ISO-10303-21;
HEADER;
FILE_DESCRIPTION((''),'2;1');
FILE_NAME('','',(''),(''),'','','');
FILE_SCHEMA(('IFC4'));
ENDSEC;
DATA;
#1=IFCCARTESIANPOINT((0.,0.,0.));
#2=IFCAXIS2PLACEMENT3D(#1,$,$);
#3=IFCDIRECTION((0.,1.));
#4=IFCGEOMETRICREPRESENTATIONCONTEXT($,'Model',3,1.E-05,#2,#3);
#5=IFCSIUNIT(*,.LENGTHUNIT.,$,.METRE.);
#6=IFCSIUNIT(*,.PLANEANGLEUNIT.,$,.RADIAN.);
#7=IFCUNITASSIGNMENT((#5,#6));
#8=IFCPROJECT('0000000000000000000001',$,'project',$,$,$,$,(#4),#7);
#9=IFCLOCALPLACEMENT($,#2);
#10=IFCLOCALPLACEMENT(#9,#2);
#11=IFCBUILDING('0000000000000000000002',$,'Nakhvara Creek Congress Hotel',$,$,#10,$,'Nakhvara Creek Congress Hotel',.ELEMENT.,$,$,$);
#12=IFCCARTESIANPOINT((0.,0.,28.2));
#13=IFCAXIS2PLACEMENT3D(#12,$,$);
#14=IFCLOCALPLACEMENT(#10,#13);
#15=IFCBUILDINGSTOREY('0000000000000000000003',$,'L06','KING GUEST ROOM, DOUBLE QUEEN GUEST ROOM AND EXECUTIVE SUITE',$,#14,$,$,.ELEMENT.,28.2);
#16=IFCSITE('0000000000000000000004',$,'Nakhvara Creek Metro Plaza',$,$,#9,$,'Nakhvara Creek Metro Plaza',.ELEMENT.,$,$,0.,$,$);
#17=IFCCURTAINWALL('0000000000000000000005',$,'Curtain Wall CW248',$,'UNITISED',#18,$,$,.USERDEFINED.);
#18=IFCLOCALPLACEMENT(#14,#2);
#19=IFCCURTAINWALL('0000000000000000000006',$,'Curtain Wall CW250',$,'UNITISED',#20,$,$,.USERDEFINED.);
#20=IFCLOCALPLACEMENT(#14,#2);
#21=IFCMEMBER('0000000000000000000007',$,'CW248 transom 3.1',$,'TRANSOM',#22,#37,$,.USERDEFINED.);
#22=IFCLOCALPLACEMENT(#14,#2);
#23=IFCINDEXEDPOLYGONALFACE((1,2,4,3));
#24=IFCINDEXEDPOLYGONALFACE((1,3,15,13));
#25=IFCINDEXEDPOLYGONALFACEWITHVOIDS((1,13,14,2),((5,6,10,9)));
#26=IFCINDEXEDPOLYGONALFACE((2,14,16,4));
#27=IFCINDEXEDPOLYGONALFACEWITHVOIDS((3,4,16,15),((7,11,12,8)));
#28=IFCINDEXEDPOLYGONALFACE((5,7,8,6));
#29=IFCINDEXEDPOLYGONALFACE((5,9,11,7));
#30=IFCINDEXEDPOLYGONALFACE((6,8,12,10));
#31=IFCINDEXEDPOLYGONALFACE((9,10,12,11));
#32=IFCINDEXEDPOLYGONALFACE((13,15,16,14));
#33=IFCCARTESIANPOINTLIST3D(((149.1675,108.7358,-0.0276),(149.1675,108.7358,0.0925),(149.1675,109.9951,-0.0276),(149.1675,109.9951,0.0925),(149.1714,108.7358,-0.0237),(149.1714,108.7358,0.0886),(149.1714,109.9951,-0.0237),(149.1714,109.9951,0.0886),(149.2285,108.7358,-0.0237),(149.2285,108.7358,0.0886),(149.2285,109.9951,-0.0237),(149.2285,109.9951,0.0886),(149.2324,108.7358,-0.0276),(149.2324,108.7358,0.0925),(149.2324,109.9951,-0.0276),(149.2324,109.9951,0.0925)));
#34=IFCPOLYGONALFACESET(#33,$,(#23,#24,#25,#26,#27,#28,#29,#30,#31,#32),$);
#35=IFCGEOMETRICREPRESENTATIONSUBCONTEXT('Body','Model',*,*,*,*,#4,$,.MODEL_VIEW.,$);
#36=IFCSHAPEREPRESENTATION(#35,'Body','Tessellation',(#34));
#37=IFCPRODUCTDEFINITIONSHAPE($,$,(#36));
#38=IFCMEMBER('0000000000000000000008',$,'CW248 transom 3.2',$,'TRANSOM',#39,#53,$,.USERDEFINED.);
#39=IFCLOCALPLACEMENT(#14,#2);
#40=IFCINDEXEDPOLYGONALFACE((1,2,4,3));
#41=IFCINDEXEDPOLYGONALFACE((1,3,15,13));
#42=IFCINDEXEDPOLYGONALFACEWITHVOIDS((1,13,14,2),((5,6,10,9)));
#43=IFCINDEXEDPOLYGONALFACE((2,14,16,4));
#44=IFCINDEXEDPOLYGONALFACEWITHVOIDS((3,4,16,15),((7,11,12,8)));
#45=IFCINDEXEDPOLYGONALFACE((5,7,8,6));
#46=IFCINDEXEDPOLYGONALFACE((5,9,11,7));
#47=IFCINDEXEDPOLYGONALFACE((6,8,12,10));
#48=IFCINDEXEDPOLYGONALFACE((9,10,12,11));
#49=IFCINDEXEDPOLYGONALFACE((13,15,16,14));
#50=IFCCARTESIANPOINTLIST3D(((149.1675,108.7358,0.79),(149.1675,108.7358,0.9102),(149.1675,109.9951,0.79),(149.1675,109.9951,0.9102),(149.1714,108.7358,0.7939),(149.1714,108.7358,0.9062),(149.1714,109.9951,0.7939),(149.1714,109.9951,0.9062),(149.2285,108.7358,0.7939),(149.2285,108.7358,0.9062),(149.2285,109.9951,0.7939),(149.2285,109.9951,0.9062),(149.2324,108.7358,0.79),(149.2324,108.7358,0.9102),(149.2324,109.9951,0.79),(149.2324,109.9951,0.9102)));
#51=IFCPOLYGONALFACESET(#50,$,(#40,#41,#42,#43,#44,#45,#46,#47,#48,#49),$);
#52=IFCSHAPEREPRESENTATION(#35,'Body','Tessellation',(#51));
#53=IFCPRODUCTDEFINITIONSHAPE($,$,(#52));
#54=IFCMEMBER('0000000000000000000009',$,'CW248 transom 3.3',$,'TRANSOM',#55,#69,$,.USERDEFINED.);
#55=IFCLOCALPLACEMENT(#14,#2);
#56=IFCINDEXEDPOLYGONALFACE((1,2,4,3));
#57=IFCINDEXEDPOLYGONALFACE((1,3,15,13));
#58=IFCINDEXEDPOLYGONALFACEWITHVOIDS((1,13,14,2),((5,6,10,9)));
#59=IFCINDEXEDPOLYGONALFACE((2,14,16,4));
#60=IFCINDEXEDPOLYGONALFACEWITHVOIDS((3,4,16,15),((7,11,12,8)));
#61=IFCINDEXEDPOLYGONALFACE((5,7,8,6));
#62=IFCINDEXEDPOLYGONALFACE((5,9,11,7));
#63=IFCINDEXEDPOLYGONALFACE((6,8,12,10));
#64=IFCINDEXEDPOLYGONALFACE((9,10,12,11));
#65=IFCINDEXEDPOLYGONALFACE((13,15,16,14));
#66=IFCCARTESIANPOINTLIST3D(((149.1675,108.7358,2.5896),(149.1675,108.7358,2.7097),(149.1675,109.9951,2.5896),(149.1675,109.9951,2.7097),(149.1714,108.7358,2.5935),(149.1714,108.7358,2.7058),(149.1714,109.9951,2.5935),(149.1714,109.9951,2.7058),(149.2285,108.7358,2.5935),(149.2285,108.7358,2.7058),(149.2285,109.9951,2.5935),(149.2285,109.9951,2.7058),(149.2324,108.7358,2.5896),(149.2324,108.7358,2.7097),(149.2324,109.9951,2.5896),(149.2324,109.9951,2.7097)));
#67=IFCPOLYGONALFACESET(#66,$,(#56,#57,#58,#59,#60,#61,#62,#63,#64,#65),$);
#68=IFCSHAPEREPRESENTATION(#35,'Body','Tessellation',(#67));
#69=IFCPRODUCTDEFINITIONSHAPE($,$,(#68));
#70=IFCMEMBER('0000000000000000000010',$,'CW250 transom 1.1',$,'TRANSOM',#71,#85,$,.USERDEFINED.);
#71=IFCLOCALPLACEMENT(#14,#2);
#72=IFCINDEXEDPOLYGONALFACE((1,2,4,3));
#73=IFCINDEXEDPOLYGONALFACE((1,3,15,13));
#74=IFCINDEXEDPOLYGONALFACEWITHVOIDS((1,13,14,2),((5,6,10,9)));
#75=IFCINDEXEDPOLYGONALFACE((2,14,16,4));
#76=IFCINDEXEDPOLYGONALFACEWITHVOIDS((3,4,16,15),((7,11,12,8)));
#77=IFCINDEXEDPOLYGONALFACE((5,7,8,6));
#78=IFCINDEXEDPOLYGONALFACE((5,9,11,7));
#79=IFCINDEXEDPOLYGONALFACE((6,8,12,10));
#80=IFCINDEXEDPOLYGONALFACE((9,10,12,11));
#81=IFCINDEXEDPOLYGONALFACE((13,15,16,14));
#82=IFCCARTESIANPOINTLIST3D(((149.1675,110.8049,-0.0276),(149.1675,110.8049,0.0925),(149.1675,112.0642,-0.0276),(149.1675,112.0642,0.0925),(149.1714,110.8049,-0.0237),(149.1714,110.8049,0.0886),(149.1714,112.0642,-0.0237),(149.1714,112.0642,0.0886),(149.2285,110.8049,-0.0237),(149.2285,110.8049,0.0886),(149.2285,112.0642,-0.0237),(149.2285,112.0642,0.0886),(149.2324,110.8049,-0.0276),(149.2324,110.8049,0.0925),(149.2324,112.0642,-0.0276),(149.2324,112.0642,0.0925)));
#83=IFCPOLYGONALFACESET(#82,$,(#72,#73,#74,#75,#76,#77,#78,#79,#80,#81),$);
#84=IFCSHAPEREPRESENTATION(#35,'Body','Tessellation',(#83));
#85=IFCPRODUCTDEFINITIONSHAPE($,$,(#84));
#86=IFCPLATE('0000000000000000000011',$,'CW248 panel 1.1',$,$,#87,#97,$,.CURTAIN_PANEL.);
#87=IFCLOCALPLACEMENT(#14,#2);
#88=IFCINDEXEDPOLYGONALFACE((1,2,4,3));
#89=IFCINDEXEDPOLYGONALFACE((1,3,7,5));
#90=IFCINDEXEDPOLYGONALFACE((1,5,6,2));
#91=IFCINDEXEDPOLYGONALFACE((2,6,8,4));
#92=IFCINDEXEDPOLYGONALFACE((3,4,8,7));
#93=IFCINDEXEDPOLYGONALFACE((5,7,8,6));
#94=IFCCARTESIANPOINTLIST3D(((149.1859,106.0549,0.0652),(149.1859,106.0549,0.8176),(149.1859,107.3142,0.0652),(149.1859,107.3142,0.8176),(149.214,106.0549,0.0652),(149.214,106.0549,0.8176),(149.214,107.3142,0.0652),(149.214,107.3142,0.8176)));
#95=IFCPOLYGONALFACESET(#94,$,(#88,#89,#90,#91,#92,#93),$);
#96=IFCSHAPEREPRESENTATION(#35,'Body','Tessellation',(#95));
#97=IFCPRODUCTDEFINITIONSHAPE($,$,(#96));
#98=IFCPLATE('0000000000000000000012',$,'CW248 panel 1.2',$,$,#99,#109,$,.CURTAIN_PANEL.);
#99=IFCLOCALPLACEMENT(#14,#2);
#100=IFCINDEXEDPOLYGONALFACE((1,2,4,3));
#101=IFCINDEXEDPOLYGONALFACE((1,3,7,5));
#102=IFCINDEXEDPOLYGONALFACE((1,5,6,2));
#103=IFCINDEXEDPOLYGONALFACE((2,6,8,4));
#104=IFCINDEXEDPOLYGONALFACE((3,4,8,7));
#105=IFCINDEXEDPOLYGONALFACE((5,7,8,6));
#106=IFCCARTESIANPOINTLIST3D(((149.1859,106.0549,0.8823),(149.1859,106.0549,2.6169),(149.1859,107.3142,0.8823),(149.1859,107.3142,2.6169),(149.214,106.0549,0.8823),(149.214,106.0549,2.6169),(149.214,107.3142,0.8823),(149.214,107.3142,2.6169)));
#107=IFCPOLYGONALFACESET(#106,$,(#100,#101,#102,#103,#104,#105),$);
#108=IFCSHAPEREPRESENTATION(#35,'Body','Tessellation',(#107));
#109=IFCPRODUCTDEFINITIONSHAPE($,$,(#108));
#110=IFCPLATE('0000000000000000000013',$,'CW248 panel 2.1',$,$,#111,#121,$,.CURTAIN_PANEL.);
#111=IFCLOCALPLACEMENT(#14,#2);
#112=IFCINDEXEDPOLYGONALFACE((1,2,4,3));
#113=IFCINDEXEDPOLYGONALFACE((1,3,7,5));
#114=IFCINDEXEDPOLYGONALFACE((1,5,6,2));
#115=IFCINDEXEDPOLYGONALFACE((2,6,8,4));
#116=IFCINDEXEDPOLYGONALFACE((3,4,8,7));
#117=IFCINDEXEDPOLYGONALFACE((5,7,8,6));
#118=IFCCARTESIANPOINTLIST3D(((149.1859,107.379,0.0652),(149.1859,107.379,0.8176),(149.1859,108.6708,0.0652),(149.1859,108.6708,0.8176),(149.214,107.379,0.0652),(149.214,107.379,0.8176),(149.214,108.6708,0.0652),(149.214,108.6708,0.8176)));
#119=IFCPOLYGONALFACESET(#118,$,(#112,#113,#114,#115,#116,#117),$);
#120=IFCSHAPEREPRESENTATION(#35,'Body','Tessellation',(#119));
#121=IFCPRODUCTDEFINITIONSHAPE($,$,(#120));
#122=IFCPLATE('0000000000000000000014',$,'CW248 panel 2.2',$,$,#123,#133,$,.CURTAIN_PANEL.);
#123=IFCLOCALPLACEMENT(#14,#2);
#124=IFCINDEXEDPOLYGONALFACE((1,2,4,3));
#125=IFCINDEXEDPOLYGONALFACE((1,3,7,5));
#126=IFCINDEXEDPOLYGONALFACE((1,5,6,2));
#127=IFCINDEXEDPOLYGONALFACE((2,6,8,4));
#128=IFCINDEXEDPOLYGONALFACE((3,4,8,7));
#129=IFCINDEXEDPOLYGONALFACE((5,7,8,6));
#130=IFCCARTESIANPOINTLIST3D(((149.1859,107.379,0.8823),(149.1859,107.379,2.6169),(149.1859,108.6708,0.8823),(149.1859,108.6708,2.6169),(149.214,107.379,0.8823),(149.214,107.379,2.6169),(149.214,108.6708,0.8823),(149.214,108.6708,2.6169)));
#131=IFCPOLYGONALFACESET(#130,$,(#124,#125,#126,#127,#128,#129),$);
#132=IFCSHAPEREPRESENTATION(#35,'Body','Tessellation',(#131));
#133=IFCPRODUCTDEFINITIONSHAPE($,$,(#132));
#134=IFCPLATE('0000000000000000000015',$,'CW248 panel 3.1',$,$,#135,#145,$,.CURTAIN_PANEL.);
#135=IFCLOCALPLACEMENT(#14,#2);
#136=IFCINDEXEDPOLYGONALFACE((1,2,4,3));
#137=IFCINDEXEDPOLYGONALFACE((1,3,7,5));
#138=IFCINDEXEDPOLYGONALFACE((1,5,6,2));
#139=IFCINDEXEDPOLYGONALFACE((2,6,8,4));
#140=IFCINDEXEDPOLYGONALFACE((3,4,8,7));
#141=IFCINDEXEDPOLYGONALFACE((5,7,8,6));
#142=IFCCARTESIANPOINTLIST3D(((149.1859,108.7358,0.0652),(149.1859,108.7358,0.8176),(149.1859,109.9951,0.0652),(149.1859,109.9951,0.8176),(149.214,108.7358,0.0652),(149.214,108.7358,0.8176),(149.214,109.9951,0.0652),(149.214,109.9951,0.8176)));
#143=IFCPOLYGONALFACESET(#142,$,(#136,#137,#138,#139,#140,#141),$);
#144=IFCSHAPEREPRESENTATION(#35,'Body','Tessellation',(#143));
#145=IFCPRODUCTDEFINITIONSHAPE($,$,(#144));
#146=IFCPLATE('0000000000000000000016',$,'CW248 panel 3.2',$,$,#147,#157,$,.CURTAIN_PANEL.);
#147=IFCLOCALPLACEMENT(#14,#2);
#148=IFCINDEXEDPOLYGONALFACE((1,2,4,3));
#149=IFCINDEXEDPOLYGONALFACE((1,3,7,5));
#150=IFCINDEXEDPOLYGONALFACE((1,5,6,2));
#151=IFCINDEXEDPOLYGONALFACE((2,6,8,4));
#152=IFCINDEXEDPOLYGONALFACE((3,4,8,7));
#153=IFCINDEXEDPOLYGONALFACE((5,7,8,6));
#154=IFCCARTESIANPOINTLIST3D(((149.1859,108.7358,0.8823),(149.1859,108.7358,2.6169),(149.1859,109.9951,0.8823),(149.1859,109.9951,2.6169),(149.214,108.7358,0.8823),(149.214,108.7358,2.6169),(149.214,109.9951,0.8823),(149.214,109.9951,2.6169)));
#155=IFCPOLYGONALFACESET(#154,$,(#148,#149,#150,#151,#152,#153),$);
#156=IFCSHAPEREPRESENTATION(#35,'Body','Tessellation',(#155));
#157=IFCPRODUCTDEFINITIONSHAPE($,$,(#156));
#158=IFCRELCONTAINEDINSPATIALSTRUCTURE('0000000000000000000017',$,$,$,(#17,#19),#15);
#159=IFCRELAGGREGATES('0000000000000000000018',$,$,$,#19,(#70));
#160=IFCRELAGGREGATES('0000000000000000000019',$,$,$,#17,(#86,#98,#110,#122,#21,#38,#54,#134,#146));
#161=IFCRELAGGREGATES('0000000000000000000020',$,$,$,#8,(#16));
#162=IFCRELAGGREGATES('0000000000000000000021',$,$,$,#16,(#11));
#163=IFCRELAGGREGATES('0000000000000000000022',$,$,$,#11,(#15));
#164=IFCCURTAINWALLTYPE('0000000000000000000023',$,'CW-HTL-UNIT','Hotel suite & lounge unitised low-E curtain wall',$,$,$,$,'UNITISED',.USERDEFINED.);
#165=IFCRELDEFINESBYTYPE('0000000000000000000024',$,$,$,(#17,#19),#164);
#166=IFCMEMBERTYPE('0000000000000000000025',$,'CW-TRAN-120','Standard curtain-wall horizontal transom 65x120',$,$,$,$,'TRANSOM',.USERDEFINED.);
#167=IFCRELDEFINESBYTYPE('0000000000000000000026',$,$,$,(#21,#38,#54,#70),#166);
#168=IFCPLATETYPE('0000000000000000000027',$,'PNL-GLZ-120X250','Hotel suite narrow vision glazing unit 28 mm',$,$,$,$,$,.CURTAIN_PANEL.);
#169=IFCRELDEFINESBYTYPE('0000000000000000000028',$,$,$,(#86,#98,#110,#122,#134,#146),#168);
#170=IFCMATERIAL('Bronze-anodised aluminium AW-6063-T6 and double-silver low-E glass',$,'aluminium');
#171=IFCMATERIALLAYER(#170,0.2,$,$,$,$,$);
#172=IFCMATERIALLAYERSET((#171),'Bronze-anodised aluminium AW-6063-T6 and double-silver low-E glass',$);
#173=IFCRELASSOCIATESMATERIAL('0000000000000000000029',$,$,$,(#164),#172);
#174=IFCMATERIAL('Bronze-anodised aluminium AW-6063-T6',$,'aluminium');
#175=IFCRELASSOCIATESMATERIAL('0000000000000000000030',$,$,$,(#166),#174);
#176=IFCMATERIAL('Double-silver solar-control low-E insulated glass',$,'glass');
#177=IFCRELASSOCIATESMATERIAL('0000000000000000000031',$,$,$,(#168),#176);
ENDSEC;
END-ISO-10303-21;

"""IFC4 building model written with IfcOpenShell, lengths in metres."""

from ifc_helpers import new_model, si_unit, direction, frame, origin, origin_2d, place, context, subcontext, project, spatial, rectangle, hollow_rectangle, extrude, material, layer, layer_set, material_profile, profile_set, type_object, element, aggregate, save


model = new_model("IFC4")

# Units and contexts
model_context = context("Model", 3, precision=1e-05, world=origin(), true_north=direction((0.0, 1.0)))
body_context = subcontext(model_context, "Body", "Model", "MODEL_VIEW")
ifc_project = project(units=[si_unit("LENGTHUNIT", "METRE"), si_unit("PLANEANGLEUNIT", "RADIAN")], contexts=[model_context])

# Site, building, storey
site_placement = place(None, origin())
site = spatial("IfcSite", under=ifc_project, at=site_placement, Name="Nakhvara Creek Metro Plaza", LongName="Nakhvara Creek Metro Plaza", CompositionType="ELEMENT", RefElevation=0.0)
building_placement = place(site_placement, origin())
building = spatial("IfcBuilding", under=site, at=building_placement, Name="Nakhvara Creek Congress Hotel", LongName="Nakhvara Creek Congress Hotel", CompositionType="ELEMENT")
storey_placement = place(building_placement, frame((0.0, 0.0, 28.2)))
storey = spatial("IfcBuildingStorey", under=building, at=storey_placement, Name="L06", Description="KING GUEST ROOM, DOUBLE QUEEN GUEST ROOM AND EXECUTIVE SUITE", CompositionType="ELEMENT", Elevation=28.2)

# Curtain wall
ifc_material_1 = material(Name="Bronze-anodised aluminium AW-6063-T6 and double-silver low-E glass", Category="aluminium")
ifc_layer = layer(ifc_material_1, 0.2)
ifc_layer_set = layer_set([ifc_layer], Name="Bronze-anodised aluminium AW-6063-T6 and double-silver low-E glass")
curtain_wall_type = type_object("IfcCurtainWallType", Name="CW-HTL-UNIT", Description="Hotel suite & lounge unitised low-E curtain wall", ElementType="UNITISED", PredefinedType="USERDEFINED", material=ifc_layer_set)
curtain_wall_1_placement = place(storey_placement, origin())
curtain_wall_1 = element("IfcCurtainWall", 1, at=curtain_wall_1_placement, inside=storey, type_object=curtain_wall_type, Name="Curtain Wall CW248", ObjectType="UNITISED", PredefinedType="USERDEFINED")
ifc_material_2 = material(Name="Bronze-anodised aluminium AW-6063-T6", Category="aluminium")

# Curtain wall
curtain_wall_2_placement = place(storey_placement, origin())
curtain_wall_2 = element("IfcCurtainWall", 2, at=curtain_wall_2_placement, inside=storey, type_object=curtain_wall_type, Name="Curtain Wall CW250", ObjectType="UNITISED", PredefinedType="USERDEFINED")

# Members
ifc_material_profile_1 = material_profile(ifc_material_2, hollow_rectangle(XDim=0.0649, YDim=0.1201, WallThickness=0.0039, at=origin_2d()), Name="ALU-TRAN 65x120x4", Category="LoadBearing")
ifc_profile_set_1 = profile_set([ifc_material_profile_1], Name="Bronze-anodised aluminium AW-6063-T6")
member_type_1 = type_object("IfcMemberType", Name="CW-TRAN-120", Description="Standard curtain-wall horizontal transom 65x120", ElementType="TRANSOM", PredefinedType="USERDEFINED", material=ifc_profile_set_1)
member_1_placement = place(storey_placement, frame((149.2, 108.7358, 0.0325), z_axis=(0.0, 1.0, 0.0), x_axis=(-1.0, 0.0, 0.0)))
member_1 = element("IfcMember", 3, at=member_1_placement, type_object=member_type_1, Name="CW248 transom 3.1", ObjectType="TRANSOM", PredefinedType="USERDEFINED", context=body_context, shape_type="SweptSolid", body=[
    extrude(hollow_rectangle(XDim=0.0649, YDim=0.1201, WallThickness=0.0039, at=origin_2d()), origin(), (0.0, 0.0, 1.0), 1.2593),
])
member_2_placement = place(storey_placement, frame((149.2, 108.7358, 0.8501), z_axis=(0.0, 1.0, 0.0), x_axis=(-1.0, 0.0, 0.0)))
member_2 = element("IfcMember", 4, at=member_2_placement, type_object=member_type_1, Name="CW248 transom 3.2", ObjectType="TRANSOM", PredefinedType="USERDEFINED", context=body_context, shape_type="SweptSolid", body=[
    extrude(hollow_rectangle(XDim=0.0649, YDim=0.1201, WallThickness=0.0039, at=origin_2d()), origin(), (0.0, 0.0, 1.0), 1.2593),
])
member_3_placement = place(storey_placement, frame((149.2, 108.7358, 2.6497), z_axis=(0.0, 1.0, 0.0), x_axis=(-1.0, 0.0, 0.0)))
member_3 = element("IfcMember", 5, at=member_3_placement, type_object=member_type_1, Name="CW248 transom 3.3", ObjectType="TRANSOM", PredefinedType="USERDEFINED", context=body_context, shape_type="SweptSolid", body=[
    extrude(hollow_rectangle(XDim=0.0649, YDim=0.1201, WallThickness=0.0039, at=origin_2d()), origin(), (0.0, 0.0, 1.0), 1.2593),
])
member_4_placement = place(storey_placement, frame((149.2, 110.8049, 0.0325), z_axis=(0.0, 1.0, 0.0), x_axis=(-1.0, 0.0, 0.0)))
member_4 = element("IfcMember", 6, at=member_4_placement, type_object=member_type_1, Name="CW250 transom 1.1", ObjectType="TRANSOM", PredefinedType="USERDEFINED", context=body_context, shape_type="SweptSolid", body=[
    extrude(hollow_rectangle(XDim=0.0649, YDim=0.1201, WallThickness=0.0039, at=origin_2d()), origin(), (0.0, 0.0, 1.0), 1.2593),
])
aggregate(curtain_wall_2, [member_4])

# Plates
ifc_material_3 = material(Name="Double-silver solar-control low-E insulated glass", Category="glass")
plate_type = type_object("IfcPlateType", Name="PNL-GLZ-120X250", Description="Hotel suite narrow vision glazing unit 28 mm", PredefinedType="CURTAIN_PANEL", material=ifc_material_3)
plate_1_placement = place(storey_placement, frame((149.2, 106.6846, 0.0652), z_axis=(0.0, 0.0, 1.0), x_axis=(0.0, 1.0, 0.0)))
plate_1 = element("IfcPlate", 7, at=plate_1_placement, type_object=plate_type, Name="CW248 panel 1.1", PredefinedType="CURTAIN_PANEL", context=body_context, shape_type="SweptSolid", body=[
    extrude(rectangle(XDim=1.2593, YDim=0.0281, at=origin_2d()), origin(), (0.0, 0.0, 1.0), 0.7524),
])
plate_2_placement = place(storey_placement, frame((149.2, 106.6846, 0.8823), z_axis=(0.0, 0.0, 1.0), x_axis=(0.0, 1.0, 0.0)))
plate_2 = element("IfcPlate", 8, at=plate_2_placement, type_object=plate_type, Name="CW248 panel 1.2", PredefinedType="CURTAIN_PANEL", context=body_context, shape_type="SweptSolid", body=[
    extrude(rectangle(XDim=1.2593, YDim=0.0281, at=origin_2d()), origin(), (0.0, 0.0, 1.0), 1.7346),
])
plate_3_placement = place(storey_placement, frame((149.2, 108.0249, 0.0652), z_axis=(0.0, 0.0, 1.0), x_axis=(0.0, 1.0, 0.0)))
plate_3 = element("IfcPlate", 9, at=plate_3_placement, type_object=plate_type, Name="CW248 panel 2.1", PredefinedType="CURTAIN_PANEL", context=body_context, shape_type="SweptSolid", body=[
    extrude(rectangle(XDim=1.2917, YDim=0.0281, at=origin_2d()), origin(), (0.0, 0.0, 1.0), 0.7524),
])
plate_4_placement = place(storey_placement, frame((149.2, 108.0249, 0.8823), z_axis=(0.0, 0.0, 1.0), x_axis=(0.0, 1.0, 0.0)))
plate_4 = element("IfcPlate", 10, at=plate_4_placement, type_object=plate_type, Name="CW248 panel 2.2", PredefinedType="CURTAIN_PANEL", context=body_context, shape_type="SweptSolid", body=[
    extrude(rectangle(XDim=1.2917, YDim=0.0281, at=origin_2d()), origin(), (0.0, 0.0, 1.0), 1.7346),
])
plate_5_placement = place(storey_placement, frame((149.2, 109.3655, 0.0652), z_axis=(0.0, 0.0, 1.0), x_axis=(0.0, 1.0, 0.0)))
plate_5 = element("IfcPlate", 11, at=plate_5_placement, type_object=plate_type, Name="CW248 panel 3.1", PredefinedType="CURTAIN_PANEL", context=body_context, shape_type="SweptSolid", body=[
    extrude(rectangle(XDim=1.2593, YDim=0.0281, at=origin_2d()), origin(), (0.0, 0.0, 1.0), 0.7524),
])
plate_6_placement = place(storey_placement, frame((149.2, 109.3655, 0.8823), z_axis=(0.0, 0.0, 1.0), x_axis=(0.0, 1.0, 0.0)))
plate_6 = element("IfcPlate", 12, at=plate_6_placement, type_object=plate_type, Name="CW248 panel 3.2", PredefinedType="CURTAIN_PANEL", context=body_context, shape_type="SweptSolid", body=[
    extrude(rectangle(XDim=1.2593, YDim=0.0281, at=origin_2d()), origin(), (0.0, 0.0, 1.0), 1.7346),
])
aggregate(curtain_wall_1, [plate_1, plate_2, plate_3, plate_4, member_1, member_2, member_3, plate_5, plate_6])

save(model, "model.ifc")
